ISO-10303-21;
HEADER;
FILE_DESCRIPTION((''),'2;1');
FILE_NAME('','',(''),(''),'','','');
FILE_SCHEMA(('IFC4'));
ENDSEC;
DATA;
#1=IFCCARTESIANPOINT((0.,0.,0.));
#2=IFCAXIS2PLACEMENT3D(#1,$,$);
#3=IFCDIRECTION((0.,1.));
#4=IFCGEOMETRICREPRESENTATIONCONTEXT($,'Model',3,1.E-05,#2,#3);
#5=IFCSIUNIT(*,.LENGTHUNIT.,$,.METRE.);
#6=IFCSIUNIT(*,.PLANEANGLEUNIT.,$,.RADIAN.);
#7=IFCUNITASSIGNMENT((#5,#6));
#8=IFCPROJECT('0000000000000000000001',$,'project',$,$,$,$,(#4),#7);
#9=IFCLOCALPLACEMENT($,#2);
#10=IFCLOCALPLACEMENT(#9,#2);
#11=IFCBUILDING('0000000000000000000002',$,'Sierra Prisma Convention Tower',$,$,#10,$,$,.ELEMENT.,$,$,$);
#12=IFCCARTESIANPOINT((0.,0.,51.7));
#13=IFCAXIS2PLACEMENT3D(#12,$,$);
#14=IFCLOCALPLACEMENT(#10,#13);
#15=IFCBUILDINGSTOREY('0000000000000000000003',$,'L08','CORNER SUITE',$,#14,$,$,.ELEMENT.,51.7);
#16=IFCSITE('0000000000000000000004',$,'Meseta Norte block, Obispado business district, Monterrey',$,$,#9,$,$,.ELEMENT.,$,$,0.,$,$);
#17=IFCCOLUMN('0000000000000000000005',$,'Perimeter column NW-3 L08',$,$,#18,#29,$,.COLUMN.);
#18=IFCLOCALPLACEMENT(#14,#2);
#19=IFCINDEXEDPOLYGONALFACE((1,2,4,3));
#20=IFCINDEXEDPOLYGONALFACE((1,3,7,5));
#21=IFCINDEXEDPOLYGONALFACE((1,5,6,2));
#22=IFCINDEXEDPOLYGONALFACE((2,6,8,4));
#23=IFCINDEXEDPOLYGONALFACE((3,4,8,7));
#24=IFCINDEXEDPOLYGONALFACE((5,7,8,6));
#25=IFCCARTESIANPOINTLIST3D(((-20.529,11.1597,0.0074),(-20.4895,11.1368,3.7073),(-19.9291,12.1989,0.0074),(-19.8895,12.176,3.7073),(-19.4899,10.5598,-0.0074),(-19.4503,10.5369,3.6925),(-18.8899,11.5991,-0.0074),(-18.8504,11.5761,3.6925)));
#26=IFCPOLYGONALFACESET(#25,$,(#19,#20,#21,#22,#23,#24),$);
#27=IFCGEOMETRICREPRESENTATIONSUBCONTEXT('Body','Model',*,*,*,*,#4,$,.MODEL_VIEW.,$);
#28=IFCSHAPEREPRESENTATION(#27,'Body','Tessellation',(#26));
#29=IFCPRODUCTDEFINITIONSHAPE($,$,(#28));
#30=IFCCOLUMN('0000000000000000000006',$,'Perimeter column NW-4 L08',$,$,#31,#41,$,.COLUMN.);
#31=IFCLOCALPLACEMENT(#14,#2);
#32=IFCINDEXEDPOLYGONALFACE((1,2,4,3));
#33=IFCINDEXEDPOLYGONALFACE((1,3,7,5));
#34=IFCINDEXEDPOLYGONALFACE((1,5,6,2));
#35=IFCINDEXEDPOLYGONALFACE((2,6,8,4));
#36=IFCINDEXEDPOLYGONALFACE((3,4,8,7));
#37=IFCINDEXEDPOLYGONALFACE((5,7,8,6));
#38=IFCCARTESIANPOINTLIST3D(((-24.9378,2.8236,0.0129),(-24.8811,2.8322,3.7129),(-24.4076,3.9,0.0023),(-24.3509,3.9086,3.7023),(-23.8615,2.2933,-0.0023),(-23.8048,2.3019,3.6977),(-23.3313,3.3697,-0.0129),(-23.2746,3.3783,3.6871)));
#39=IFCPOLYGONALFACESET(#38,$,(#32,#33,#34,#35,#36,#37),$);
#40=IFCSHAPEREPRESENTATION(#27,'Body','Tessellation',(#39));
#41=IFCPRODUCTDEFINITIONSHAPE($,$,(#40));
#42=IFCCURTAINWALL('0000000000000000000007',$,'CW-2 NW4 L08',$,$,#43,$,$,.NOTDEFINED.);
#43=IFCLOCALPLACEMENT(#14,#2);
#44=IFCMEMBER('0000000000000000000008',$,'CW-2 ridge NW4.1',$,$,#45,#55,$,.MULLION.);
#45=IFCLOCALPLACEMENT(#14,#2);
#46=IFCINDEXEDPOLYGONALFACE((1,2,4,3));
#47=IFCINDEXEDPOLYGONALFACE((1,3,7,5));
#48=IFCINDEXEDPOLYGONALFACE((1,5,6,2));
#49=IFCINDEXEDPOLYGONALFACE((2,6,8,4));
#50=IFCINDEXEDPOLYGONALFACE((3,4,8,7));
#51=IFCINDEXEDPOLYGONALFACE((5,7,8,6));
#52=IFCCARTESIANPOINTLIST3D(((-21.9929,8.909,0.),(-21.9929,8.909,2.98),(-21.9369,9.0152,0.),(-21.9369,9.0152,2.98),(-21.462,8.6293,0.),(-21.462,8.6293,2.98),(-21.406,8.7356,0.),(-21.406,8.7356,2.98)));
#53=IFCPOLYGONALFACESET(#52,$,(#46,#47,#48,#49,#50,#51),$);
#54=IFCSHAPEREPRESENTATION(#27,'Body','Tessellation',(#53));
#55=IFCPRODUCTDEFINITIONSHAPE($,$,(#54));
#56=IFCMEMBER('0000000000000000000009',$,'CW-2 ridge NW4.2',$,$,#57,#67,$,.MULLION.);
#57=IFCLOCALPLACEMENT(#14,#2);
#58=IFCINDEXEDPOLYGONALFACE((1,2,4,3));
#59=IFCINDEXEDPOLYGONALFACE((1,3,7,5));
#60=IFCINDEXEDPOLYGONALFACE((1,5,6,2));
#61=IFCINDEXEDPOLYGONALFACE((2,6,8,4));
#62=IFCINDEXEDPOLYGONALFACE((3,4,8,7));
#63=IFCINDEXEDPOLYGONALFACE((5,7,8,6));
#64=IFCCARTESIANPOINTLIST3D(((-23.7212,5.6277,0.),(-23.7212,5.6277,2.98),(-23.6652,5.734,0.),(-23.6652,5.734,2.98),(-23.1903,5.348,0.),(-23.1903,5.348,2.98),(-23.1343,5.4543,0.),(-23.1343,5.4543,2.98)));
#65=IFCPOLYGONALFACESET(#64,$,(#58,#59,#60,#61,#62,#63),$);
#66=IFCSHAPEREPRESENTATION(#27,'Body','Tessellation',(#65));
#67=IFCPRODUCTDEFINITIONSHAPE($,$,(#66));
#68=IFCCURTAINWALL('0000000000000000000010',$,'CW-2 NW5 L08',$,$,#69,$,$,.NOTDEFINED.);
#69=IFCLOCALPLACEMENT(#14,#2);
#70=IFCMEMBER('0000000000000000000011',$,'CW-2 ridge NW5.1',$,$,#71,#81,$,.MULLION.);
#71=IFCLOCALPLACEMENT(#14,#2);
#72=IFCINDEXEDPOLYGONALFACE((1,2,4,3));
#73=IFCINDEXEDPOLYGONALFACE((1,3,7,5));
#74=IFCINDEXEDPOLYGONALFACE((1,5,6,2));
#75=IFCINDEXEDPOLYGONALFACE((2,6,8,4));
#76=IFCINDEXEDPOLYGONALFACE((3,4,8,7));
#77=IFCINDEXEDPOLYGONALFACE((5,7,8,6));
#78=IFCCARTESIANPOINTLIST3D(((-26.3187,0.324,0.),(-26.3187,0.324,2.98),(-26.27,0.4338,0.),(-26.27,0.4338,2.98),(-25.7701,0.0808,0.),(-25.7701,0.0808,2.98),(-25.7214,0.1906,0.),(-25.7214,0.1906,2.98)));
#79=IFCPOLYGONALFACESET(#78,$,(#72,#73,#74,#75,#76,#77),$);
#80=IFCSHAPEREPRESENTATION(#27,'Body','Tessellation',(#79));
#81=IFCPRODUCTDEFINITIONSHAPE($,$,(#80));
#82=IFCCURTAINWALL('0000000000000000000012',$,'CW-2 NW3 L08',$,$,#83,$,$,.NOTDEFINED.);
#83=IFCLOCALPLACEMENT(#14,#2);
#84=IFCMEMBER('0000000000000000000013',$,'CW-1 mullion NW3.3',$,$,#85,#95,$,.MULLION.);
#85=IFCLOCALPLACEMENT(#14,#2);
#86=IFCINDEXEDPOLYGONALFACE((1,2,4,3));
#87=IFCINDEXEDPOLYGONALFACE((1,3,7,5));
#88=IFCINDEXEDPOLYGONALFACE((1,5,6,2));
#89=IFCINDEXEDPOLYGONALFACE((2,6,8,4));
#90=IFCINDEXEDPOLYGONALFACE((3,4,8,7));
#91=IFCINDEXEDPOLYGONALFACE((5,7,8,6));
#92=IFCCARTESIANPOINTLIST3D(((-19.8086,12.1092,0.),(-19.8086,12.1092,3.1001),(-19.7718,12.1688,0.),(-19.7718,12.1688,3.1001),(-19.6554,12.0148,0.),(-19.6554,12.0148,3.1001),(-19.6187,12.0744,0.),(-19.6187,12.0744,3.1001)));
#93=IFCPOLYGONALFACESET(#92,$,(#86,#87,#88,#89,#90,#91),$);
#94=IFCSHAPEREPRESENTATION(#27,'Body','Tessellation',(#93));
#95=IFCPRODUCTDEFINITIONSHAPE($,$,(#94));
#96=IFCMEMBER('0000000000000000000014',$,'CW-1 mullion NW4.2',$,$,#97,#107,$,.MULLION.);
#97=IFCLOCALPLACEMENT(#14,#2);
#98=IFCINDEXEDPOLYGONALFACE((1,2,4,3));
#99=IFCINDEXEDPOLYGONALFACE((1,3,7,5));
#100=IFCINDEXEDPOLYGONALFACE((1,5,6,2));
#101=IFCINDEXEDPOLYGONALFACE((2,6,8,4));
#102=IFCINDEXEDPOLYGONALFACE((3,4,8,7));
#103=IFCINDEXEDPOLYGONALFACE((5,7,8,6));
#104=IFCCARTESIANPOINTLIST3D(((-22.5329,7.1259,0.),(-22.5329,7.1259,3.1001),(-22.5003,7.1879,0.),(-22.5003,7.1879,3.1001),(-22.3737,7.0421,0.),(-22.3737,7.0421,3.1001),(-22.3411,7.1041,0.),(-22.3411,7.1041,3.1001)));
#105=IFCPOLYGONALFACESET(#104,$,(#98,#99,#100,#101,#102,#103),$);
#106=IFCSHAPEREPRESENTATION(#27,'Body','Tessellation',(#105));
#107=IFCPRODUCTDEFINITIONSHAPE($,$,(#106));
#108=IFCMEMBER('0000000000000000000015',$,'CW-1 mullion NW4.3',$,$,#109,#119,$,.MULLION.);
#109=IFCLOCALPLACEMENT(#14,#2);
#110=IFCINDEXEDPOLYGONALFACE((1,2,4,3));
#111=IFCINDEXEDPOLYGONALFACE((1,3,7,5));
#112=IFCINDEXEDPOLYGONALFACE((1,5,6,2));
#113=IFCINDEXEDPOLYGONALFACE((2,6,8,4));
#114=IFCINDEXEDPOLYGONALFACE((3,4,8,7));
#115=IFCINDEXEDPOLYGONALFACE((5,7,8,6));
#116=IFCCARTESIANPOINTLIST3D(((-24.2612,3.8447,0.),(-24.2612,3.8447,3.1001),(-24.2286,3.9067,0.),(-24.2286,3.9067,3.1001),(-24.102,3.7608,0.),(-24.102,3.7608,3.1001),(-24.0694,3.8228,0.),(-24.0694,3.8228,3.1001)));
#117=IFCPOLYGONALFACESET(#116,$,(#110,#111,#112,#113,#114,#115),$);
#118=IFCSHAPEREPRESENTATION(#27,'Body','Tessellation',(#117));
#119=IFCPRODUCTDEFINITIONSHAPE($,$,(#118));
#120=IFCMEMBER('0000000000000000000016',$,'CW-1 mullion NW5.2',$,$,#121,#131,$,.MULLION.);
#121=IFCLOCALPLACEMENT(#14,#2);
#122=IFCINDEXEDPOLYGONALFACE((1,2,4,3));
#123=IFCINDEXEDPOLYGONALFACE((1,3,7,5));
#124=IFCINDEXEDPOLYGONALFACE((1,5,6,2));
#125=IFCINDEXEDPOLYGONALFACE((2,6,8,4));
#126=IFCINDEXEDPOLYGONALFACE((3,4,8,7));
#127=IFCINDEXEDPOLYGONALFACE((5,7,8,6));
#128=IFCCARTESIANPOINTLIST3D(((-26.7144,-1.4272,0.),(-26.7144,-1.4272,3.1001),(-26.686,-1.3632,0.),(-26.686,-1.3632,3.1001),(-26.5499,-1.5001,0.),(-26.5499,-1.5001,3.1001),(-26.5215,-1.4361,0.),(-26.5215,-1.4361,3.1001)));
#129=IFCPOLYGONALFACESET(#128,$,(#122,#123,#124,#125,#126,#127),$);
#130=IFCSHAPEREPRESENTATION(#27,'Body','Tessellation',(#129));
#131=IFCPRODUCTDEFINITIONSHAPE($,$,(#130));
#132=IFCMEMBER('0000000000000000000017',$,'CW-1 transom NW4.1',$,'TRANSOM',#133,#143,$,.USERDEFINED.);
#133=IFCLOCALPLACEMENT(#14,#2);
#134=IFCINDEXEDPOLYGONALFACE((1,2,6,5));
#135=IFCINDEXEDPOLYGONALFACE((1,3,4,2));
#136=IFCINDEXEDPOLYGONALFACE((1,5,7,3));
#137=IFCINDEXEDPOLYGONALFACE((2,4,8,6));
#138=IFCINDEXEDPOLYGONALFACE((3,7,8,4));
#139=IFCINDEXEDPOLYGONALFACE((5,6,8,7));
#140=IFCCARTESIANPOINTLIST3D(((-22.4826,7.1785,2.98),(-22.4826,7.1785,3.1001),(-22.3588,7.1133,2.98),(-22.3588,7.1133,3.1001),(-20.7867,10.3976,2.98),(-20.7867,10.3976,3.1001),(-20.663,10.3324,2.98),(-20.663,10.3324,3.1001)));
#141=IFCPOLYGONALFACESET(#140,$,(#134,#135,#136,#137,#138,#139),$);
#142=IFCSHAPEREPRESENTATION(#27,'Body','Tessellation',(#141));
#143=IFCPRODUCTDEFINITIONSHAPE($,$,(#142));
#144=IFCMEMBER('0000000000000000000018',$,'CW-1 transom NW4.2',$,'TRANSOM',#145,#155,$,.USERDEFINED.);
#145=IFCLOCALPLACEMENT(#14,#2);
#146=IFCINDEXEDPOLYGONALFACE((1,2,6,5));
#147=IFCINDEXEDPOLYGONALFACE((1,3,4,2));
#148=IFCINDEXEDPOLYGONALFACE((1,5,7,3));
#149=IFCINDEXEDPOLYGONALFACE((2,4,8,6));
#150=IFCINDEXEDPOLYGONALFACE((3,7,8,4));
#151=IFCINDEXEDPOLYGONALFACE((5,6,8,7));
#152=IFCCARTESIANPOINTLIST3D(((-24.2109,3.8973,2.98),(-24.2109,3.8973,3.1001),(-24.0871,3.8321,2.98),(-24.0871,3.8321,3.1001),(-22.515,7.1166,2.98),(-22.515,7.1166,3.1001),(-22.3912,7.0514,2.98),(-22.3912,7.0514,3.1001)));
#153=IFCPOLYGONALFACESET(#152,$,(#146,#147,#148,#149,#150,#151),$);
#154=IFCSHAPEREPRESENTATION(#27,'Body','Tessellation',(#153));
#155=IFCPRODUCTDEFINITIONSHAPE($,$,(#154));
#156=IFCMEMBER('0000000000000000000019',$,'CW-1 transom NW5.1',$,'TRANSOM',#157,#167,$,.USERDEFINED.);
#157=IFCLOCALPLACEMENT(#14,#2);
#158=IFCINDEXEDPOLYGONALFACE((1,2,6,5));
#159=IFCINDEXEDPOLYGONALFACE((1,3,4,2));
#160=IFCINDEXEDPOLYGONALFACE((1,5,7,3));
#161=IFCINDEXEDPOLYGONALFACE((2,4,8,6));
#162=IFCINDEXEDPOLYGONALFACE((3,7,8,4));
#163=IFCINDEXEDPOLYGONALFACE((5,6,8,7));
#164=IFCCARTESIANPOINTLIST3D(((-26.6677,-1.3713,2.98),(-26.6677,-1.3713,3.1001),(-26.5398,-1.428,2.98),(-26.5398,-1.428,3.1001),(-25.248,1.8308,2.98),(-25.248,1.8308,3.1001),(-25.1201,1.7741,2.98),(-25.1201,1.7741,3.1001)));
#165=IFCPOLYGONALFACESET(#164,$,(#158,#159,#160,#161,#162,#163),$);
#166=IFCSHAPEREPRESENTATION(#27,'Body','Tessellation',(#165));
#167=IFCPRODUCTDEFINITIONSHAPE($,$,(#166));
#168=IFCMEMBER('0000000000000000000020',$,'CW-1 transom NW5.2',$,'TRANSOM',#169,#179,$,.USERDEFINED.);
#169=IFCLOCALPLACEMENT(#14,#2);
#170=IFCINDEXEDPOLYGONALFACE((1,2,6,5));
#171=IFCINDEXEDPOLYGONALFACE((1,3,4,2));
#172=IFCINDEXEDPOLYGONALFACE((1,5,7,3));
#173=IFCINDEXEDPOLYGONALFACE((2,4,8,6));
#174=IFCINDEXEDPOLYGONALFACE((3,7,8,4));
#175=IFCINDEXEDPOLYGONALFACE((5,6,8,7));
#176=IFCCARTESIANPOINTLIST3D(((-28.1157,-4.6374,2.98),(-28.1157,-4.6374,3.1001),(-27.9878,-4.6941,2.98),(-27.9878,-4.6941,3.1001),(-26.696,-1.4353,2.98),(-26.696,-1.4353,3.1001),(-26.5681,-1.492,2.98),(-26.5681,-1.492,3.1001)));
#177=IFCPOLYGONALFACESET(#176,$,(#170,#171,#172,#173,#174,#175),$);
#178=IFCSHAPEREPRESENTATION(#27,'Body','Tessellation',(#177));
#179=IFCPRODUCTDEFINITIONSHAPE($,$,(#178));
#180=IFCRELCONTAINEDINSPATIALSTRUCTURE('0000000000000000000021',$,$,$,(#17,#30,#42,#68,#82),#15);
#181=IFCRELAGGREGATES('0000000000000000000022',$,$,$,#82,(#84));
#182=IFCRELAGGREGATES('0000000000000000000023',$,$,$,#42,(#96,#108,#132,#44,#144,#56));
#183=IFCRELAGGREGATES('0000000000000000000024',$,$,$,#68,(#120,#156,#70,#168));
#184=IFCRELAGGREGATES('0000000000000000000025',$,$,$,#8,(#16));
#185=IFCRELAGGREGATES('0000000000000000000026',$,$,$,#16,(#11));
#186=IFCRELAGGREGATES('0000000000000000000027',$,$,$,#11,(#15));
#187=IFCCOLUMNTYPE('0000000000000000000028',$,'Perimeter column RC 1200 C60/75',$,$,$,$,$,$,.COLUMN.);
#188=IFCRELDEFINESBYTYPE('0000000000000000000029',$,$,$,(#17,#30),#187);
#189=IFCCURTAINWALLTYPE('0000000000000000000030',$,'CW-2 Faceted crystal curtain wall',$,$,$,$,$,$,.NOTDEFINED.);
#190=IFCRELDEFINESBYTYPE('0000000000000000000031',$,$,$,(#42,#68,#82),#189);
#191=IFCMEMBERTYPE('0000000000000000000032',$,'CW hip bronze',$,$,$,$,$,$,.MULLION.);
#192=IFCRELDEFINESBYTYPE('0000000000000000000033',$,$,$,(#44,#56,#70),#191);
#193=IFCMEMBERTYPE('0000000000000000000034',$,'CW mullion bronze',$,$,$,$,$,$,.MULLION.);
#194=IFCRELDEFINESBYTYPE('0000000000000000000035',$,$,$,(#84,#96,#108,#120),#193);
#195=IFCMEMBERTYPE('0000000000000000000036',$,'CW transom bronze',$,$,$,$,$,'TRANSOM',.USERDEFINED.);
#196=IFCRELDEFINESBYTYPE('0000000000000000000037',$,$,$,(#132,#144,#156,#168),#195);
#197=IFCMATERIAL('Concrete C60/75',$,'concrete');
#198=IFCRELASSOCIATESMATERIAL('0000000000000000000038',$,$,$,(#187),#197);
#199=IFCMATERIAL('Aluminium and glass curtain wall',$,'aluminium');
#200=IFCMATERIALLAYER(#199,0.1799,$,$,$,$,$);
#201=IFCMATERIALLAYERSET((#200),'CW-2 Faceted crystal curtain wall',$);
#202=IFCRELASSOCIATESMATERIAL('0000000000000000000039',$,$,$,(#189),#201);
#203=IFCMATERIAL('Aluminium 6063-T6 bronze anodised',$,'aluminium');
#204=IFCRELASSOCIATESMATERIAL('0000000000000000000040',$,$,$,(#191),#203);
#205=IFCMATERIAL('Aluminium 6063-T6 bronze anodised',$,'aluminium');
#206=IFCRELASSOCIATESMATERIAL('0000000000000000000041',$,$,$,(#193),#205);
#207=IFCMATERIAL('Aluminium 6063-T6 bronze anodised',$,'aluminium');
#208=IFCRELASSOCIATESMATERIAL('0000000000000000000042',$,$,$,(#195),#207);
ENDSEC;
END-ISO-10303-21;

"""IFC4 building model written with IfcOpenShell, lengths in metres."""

from ifc_helpers import new_model, si_unit, direction, frame, origin, origin_2d, place, context, subcontext, project, spatial, rectangle, extrude, material, layer, layer_set, material_profile, profile_set, type_object, element, aggregate, save


model = new_model("IFC4")

# Units and contexts
model_context = context("Model", 3, precision=1e-05, world=origin(), true_north=direction((0.0, 1.0)))
body_context = subcontext(model_context, "Body", "Model", "MODEL_VIEW")
ifc_project = project(units=[si_unit("LENGTHUNIT", "METRE"), si_unit("PLANEANGLEUNIT", "RADIAN")], contexts=[model_context])

# Site, building, storey
site_placement = place(None, origin())
site = spatial("IfcSite", under=ifc_project, at=site_placement, Name="Meseta Norte block, Obispado business district, Monterrey", CompositionType="ELEMENT", RefElevation=0.0)
building_placement = place(site_placement, origin())
building = spatial("IfcBuilding", under=site, at=building_placement, Name="Sierra Prisma Convention Tower", CompositionType="ELEMENT")
storey_placement = place(building_placement, frame((0.0, 0.0, 51.7)))
storey = spatial("IfcBuildingStorey", under=building, at=storey_placement, Name="L08", Description="CORNER SUITE", CompositionType="ELEMENT", Elevation=51.7)

# Columns
ifc_material_1 = material(Name="Concrete C60/75", Category="concrete")
ifc_material_profile_1 = material_profile(ifc_material_1, rectangle(XDim=1.2, YDim=1.2, at=origin_2d()), Name="Perimeter column RC 1200 C60/75")
ifc_profile_set_1 = profile_set([ifc_material_profile_1], Name="Concrete C60/75")
column_type = type_object("IfcColumnType", Name="Perimeter column RC 1200 C60/75", PredefinedType="COLUMN", material=ifc_profile_set_1)
column_1_placement = place(storey_placement, frame((-19.7095, 11.3794, 0.0), z_axis=(0.010689, -0.006202, 0.999924), x_axis=(0.499971, 0.866042, 0.000027)))
element("IfcColumn", 1, at=column_1_placement, inside=storey, type_object=column_type, Name="Perimeter column NW-3 L08", PredefinedType="COLUMN", context=body_context, shape_type="SweptSolid", body=[
    extrude(rectangle(XDim=1.2, YDim=1.2, at=origin_2d()), origin(), (0.0, 0.0, 1.0), 3.7002),
])
column_2_placement = place(storey_placement, frame((-24.1345, 3.0967, 0.0), z_axis=(0.015307, 0.002309, 0.99988), x_axis=(0.441869, 0.897036, -0.008836)))
element("IfcColumn", 2, at=column_2_placement, inside=storey, type_object=column_type, Name="Perimeter column NW-4 L08", PredefinedType="COLUMN", context=body_context, shape_type="SweptSolid", body=[
    extrude(rectangle(XDim=1.2, YDim=1.2, at=origin_2d()), origin(), (0.0, 0.0, 1.0), 3.7004),
])

# Curtain wall, members
ifc_material_2 = material(Name="Aluminium and glass curtain wall", Category="aluminium")
ifc_layer_1 = layer(ifc_material_2, 0.1799)
ifc_layer_set_1 = layer_set([ifc_layer_1], Name="CW-2 Faceted crystal curtain wall")
curtain_wall_type = type_object("IfcCurtainWallType", Name="CW-2 Faceted crystal curtain wall", PredefinedType="NOTDEFINED", material=ifc_layer_set_1)
curtain_wall_1_placement = place(storey_placement, origin())
curtain_wall_1 = element("IfcCurtainWall", 3, at=curtain_wall_1_placement, inside=storey, type_object=curtain_wall_type, Name="CW-2 NW4 L08", PredefinedType="NOTDEFINED")
ifc_material_3 = material(Name="Aluminium 6063-T6 bronze anodised", Category="aluminium")
ifc_material_profile_2 = material_profile(ifc_material_3, rectangle(XDim=0.1201, YDim=0.6001, at=origin_2d()), Name="ALU RIDGE BLADE 120x600")
ifc_profile_set_2 = profile_set([ifc_material_profile_2], Name="Aluminium 6063-T6 bronze anodised")
member_type_1 = type_object("IfcMemberType", Name="CW hip bronze", PredefinedType="MULLION", material=ifc_profile_set_2)
member_1_placement = place(storey_placement, frame((-21.6995, 8.8223, 0.0), z_axis=(0.0, 0.0, 1.0), x_axis=(-0.466052, -0.884757, 0.0)))
member_1 = element("IfcMember", 4, at=member_1_placement, type_object=member_type_1, Name="CW-2 ridge NW4.1", PredefinedType="MULLION", context=body_context, shape_type="SweptSolid", body=[
    extrude(rectangle(XDim=0.1201, YDim=0.6001, at=origin_2d()), origin(), (0.0, 0.0, 1.0), 2.98),
])
member_2_placement = place(storey_placement, frame((-23.4277, 5.541, 0.0), z_axis=(0.0, 0.0, 1.0), x_axis=(-0.466052, -0.884757, 0.0)))
member_2 = element("IfcMember", 5, at=member_2_placement, type_object=member_type_1, Name="CW-2 ridge NW4.2", PredefinedType="MULLION", context=body_context, shape_type="SweptSolid", body=[
    extrude(rectangle(XDim=0.1201, YDim=0.6001, at=origin_2d()), origin(), (0.0, 0.0, 1.0), 2.98),
])

# Curtain walls, members
curtain_wall_2_placement = place(storey_placement, origin())
curtain_wall_2 = element("IfcCurtainWall", 6, at=curtain_wall_2_placement, inside=storey, type_object=curtain_wall_type, Name="CW-2 NW5 L08", PredefinedType="NOTDEFINED")
member_3_placement = place(storey_placement, frame((-26.02, 0.2573, 0.0), z_axis=(0.0, 0.0, 1.0), x_axis=(-0.405288, -0.914189, 0.0)))
member_3 = element("IfcMember", 7, at=member_3_placement, type_object=member_type_1, Name="CW-2 ridge NW5.1", PredefinedType="MULLION", context=body_context, shape_type="SweptSolid", body=[
    extrude(rectangle(XDim=0.1201, YDim=0.6001, at=origin_2d()), origin(), (0.0, 0.0, 1.0), 2.98),
])
curtain_wall_3_placement = place(storey_placement, origin())
curtain_wall_3 = element("IfcCurtainWall", 8, at=curtain_wall_3_placement, inside=storey, type_object=curtain_wall_type, Name="CW-2 NW3 L08", PredefinedType="NOTDEFINED")
ifc_material_4 = material(Name="Aluminium 6063-T6 bronze anodised", Category="aluminium")
ifc_material_profile_3 = material_profile(ifc_material_4, rectangle(XDim=0.1799, YDim=0.0701, at=origin_2d()), Name="ALU MULLION 70x180")
ifc_profile_set_3 = profile_set([ifc_material_profile_3], Name="Aluminium 6063-T6 bronze anodised")
member_type_2 = type_object("IfcMemberType", Name="CW mullion bronze", PredefinedType="MULLION", material=ifc_profile_set_3)
member_4_placement = place(storey_placement, frame((-19.7136, 12.0918, 0.0), z_axis=(0.0, 0.0, 1.0), x_axis=(0.851292, -0.524692, 0.0)))
member_4 = element("IfcMember", 9, at=member_4_placement, type_object=member_type_2, Name="CW-1 mullion NW3.3", PredefinedType="MULLION", context=body_context, shape_type="SweptSolid", body=[
    extrude(rectangle(XDim=0.1799, YDim=0.0701, at=origin_2d()), origin(), (0.0, 0.0, 1.0), 3.1001),
])
aggregate(curtain_wall_3, [member_4])

# Members
member_5_placement = place(storey_placement, frame((-22.437, 7.115, 0.0), z_axis=(0.0, 0.0, 1.0), x_axis=(0.884757, -0.466052, 0.0)))
member_5 = element("IfcMember", 10, at=member_5_placement, type_object=member_type_2, Name="CW-1 mullion NW4.2", PredefinedType="MULLION", context=body_context, shape_type="SweptSolid", body=[
    extrude(rectangle(XDim=0.1799, YDim=0.0701, at=origin_2d()), origin(), (0.0, 0.0, 1.0), 3.1001),
])
member_6_placement = place(storey_placement, frame((-24.1653, 3.8337, 0.0), z_axis=(0.0, 0.0, 1.0), x_axis=(0.884757, -0.466052, 0.0)))
member_6 = element("IfcMember", 11, at=member_6_placement, type_object=member_type_2, Name="CW-1 mullion NW4.3", PredefinedType="MULLION", context=body_context, shape_type="SweptSolid", body=[
    extrude(rectangle(XDim=0.1799, YDim=0.0701, at=origin_2d()), origin(), (0.0, 0.0, 1.0), 3.1001),
])
member_7_placement = place(storey_placement, frame((-26.6179, -1.4316, 0.0), z_axis=(0.0, 0.0, 1.0), x_axis=(0.914189, -0.405288, 0.0)))
member_7 = element("IfcMember", 12, at=member_7_placement, type_object=member_type_2, Name="CW-1 mullion NW5.2", PredefinedType="MULLION", context=body_context, shape_type="SweptSolid", body=[
    extrude(rectangle(XDim=0.1799, YDim=0.0701, at=origin_2d()), origin(), (0.0, 0.0, 1.0), 3.1001),
])
ifc_material_5 = material(Name="Aluminium 6063-T6 bronze anodised", Category="aluminium")
ifc_material_profile_4 = material_profile(ifc_material_5, rectangle(XDim=0.1399, YDim=0.1201, at=origin_2d()), Name="ALU TRANSOM 120x140")
ifc_profile_set_4 = profile_set([ifc_material_profile_4], Name="Aluminium 6063-T6 bronze anodised")
member_type_3 = type_object("IfcMemberType", Name="CW transom bronze", ElementType="TRANSOM", PredefinedType="USERDEFINED", material=ifc_profile_set_4)
member_8_placement = place(storey_placement, frame((-20.7249, 10.365, 3.04), z_axis=(-0.466089, -0.884738, 0.0), x_axis=(0.884738, -0.466089, 0.0)))
member_8 = element("IfcMember", 13, at=member_8_placement, type_object=member_type_3, Name="CW-1 transom NW4.1", ObjectType="TRANSOM", PredefinedType="USERDEFINED", context=body_context, shape_type="SweptSolid", body=[
    extrude(rectangle(XDim=0.1399, YDim=0.1201, at=origin_2d()), origin(), (0.0, 0.0, 1.0), 3.6384),
])
member_9_placement = place(storey_placement, frame((-22.4531, 7.084, 3.04), z_axis=(-0.466062, -0.884752, 0.0), x_axis=(0.884752, -0.466062, 0.0)))
member_9 = element("IfcMember", 14, at=member_9_placement, type_object=member_type_3, Name="CW-1 transom NW4.2", ObjectType="TRANSOM", PredefinedType="USERDEFINED", context=body_context, shape_type="SweptSolid", body=[
    extrude(rectangle(XDim=0.1399, YDim=0.1201, at=origin_2d()), origin(), (0.0, 0.0, 1.0), 3.6387),
])
member_10_placement = place(storey_placement, frame((-25.1841, 1.8025, 3.04), z_axis=(-0.405304, -0.914182, 0.0), x_axis=(0.914182, -0.405304, 0.0)))
member_10 = element("IfcMember", 15, at=member_10_placement, type_object=member_type_3, Name="CW-1 transom NW5.1", ObjectType="TRANSOM", PredefinedType="USERDEFINED", context=body_context, shape_type="SweptSolid", body=[
    extrude(rectangle(XDim=0.1399, YDim=0.1201, at=origin_2d()), origin(), (0.0, 0.0, 1.0), 3.5027),
])
member_11_placement = place(storey_placement, frame((-26.6321, -1.4636, 3.04), z_axis=(-0.405304, -0.914182, 0.0), x_axis=(0.914182, -0.405304, 0.0)))
member_11 = element("IfcMember", 16, at=member_11_placement, type_object=member_type_3, Name="CW-1 transom NW5.2", ObjectType="TRANSOM", PredefinedType="USERDEFINED", context=body_context, shape_type="SweptSolid", body=[
    extrude(rectangle(XDim=0.1399, YDim=0.1201, at=origin_2d()), origin(), (0.0, 0.0, 1.0), 3.5027),
])

aggregate(curtain_wall_1, [member_5, member_6, member_8, member_1, member_9, member_2])
aggregate(curtain_wall_2, [member_7, member_10, member_3, member_11])

save(model, "model.ifc")
